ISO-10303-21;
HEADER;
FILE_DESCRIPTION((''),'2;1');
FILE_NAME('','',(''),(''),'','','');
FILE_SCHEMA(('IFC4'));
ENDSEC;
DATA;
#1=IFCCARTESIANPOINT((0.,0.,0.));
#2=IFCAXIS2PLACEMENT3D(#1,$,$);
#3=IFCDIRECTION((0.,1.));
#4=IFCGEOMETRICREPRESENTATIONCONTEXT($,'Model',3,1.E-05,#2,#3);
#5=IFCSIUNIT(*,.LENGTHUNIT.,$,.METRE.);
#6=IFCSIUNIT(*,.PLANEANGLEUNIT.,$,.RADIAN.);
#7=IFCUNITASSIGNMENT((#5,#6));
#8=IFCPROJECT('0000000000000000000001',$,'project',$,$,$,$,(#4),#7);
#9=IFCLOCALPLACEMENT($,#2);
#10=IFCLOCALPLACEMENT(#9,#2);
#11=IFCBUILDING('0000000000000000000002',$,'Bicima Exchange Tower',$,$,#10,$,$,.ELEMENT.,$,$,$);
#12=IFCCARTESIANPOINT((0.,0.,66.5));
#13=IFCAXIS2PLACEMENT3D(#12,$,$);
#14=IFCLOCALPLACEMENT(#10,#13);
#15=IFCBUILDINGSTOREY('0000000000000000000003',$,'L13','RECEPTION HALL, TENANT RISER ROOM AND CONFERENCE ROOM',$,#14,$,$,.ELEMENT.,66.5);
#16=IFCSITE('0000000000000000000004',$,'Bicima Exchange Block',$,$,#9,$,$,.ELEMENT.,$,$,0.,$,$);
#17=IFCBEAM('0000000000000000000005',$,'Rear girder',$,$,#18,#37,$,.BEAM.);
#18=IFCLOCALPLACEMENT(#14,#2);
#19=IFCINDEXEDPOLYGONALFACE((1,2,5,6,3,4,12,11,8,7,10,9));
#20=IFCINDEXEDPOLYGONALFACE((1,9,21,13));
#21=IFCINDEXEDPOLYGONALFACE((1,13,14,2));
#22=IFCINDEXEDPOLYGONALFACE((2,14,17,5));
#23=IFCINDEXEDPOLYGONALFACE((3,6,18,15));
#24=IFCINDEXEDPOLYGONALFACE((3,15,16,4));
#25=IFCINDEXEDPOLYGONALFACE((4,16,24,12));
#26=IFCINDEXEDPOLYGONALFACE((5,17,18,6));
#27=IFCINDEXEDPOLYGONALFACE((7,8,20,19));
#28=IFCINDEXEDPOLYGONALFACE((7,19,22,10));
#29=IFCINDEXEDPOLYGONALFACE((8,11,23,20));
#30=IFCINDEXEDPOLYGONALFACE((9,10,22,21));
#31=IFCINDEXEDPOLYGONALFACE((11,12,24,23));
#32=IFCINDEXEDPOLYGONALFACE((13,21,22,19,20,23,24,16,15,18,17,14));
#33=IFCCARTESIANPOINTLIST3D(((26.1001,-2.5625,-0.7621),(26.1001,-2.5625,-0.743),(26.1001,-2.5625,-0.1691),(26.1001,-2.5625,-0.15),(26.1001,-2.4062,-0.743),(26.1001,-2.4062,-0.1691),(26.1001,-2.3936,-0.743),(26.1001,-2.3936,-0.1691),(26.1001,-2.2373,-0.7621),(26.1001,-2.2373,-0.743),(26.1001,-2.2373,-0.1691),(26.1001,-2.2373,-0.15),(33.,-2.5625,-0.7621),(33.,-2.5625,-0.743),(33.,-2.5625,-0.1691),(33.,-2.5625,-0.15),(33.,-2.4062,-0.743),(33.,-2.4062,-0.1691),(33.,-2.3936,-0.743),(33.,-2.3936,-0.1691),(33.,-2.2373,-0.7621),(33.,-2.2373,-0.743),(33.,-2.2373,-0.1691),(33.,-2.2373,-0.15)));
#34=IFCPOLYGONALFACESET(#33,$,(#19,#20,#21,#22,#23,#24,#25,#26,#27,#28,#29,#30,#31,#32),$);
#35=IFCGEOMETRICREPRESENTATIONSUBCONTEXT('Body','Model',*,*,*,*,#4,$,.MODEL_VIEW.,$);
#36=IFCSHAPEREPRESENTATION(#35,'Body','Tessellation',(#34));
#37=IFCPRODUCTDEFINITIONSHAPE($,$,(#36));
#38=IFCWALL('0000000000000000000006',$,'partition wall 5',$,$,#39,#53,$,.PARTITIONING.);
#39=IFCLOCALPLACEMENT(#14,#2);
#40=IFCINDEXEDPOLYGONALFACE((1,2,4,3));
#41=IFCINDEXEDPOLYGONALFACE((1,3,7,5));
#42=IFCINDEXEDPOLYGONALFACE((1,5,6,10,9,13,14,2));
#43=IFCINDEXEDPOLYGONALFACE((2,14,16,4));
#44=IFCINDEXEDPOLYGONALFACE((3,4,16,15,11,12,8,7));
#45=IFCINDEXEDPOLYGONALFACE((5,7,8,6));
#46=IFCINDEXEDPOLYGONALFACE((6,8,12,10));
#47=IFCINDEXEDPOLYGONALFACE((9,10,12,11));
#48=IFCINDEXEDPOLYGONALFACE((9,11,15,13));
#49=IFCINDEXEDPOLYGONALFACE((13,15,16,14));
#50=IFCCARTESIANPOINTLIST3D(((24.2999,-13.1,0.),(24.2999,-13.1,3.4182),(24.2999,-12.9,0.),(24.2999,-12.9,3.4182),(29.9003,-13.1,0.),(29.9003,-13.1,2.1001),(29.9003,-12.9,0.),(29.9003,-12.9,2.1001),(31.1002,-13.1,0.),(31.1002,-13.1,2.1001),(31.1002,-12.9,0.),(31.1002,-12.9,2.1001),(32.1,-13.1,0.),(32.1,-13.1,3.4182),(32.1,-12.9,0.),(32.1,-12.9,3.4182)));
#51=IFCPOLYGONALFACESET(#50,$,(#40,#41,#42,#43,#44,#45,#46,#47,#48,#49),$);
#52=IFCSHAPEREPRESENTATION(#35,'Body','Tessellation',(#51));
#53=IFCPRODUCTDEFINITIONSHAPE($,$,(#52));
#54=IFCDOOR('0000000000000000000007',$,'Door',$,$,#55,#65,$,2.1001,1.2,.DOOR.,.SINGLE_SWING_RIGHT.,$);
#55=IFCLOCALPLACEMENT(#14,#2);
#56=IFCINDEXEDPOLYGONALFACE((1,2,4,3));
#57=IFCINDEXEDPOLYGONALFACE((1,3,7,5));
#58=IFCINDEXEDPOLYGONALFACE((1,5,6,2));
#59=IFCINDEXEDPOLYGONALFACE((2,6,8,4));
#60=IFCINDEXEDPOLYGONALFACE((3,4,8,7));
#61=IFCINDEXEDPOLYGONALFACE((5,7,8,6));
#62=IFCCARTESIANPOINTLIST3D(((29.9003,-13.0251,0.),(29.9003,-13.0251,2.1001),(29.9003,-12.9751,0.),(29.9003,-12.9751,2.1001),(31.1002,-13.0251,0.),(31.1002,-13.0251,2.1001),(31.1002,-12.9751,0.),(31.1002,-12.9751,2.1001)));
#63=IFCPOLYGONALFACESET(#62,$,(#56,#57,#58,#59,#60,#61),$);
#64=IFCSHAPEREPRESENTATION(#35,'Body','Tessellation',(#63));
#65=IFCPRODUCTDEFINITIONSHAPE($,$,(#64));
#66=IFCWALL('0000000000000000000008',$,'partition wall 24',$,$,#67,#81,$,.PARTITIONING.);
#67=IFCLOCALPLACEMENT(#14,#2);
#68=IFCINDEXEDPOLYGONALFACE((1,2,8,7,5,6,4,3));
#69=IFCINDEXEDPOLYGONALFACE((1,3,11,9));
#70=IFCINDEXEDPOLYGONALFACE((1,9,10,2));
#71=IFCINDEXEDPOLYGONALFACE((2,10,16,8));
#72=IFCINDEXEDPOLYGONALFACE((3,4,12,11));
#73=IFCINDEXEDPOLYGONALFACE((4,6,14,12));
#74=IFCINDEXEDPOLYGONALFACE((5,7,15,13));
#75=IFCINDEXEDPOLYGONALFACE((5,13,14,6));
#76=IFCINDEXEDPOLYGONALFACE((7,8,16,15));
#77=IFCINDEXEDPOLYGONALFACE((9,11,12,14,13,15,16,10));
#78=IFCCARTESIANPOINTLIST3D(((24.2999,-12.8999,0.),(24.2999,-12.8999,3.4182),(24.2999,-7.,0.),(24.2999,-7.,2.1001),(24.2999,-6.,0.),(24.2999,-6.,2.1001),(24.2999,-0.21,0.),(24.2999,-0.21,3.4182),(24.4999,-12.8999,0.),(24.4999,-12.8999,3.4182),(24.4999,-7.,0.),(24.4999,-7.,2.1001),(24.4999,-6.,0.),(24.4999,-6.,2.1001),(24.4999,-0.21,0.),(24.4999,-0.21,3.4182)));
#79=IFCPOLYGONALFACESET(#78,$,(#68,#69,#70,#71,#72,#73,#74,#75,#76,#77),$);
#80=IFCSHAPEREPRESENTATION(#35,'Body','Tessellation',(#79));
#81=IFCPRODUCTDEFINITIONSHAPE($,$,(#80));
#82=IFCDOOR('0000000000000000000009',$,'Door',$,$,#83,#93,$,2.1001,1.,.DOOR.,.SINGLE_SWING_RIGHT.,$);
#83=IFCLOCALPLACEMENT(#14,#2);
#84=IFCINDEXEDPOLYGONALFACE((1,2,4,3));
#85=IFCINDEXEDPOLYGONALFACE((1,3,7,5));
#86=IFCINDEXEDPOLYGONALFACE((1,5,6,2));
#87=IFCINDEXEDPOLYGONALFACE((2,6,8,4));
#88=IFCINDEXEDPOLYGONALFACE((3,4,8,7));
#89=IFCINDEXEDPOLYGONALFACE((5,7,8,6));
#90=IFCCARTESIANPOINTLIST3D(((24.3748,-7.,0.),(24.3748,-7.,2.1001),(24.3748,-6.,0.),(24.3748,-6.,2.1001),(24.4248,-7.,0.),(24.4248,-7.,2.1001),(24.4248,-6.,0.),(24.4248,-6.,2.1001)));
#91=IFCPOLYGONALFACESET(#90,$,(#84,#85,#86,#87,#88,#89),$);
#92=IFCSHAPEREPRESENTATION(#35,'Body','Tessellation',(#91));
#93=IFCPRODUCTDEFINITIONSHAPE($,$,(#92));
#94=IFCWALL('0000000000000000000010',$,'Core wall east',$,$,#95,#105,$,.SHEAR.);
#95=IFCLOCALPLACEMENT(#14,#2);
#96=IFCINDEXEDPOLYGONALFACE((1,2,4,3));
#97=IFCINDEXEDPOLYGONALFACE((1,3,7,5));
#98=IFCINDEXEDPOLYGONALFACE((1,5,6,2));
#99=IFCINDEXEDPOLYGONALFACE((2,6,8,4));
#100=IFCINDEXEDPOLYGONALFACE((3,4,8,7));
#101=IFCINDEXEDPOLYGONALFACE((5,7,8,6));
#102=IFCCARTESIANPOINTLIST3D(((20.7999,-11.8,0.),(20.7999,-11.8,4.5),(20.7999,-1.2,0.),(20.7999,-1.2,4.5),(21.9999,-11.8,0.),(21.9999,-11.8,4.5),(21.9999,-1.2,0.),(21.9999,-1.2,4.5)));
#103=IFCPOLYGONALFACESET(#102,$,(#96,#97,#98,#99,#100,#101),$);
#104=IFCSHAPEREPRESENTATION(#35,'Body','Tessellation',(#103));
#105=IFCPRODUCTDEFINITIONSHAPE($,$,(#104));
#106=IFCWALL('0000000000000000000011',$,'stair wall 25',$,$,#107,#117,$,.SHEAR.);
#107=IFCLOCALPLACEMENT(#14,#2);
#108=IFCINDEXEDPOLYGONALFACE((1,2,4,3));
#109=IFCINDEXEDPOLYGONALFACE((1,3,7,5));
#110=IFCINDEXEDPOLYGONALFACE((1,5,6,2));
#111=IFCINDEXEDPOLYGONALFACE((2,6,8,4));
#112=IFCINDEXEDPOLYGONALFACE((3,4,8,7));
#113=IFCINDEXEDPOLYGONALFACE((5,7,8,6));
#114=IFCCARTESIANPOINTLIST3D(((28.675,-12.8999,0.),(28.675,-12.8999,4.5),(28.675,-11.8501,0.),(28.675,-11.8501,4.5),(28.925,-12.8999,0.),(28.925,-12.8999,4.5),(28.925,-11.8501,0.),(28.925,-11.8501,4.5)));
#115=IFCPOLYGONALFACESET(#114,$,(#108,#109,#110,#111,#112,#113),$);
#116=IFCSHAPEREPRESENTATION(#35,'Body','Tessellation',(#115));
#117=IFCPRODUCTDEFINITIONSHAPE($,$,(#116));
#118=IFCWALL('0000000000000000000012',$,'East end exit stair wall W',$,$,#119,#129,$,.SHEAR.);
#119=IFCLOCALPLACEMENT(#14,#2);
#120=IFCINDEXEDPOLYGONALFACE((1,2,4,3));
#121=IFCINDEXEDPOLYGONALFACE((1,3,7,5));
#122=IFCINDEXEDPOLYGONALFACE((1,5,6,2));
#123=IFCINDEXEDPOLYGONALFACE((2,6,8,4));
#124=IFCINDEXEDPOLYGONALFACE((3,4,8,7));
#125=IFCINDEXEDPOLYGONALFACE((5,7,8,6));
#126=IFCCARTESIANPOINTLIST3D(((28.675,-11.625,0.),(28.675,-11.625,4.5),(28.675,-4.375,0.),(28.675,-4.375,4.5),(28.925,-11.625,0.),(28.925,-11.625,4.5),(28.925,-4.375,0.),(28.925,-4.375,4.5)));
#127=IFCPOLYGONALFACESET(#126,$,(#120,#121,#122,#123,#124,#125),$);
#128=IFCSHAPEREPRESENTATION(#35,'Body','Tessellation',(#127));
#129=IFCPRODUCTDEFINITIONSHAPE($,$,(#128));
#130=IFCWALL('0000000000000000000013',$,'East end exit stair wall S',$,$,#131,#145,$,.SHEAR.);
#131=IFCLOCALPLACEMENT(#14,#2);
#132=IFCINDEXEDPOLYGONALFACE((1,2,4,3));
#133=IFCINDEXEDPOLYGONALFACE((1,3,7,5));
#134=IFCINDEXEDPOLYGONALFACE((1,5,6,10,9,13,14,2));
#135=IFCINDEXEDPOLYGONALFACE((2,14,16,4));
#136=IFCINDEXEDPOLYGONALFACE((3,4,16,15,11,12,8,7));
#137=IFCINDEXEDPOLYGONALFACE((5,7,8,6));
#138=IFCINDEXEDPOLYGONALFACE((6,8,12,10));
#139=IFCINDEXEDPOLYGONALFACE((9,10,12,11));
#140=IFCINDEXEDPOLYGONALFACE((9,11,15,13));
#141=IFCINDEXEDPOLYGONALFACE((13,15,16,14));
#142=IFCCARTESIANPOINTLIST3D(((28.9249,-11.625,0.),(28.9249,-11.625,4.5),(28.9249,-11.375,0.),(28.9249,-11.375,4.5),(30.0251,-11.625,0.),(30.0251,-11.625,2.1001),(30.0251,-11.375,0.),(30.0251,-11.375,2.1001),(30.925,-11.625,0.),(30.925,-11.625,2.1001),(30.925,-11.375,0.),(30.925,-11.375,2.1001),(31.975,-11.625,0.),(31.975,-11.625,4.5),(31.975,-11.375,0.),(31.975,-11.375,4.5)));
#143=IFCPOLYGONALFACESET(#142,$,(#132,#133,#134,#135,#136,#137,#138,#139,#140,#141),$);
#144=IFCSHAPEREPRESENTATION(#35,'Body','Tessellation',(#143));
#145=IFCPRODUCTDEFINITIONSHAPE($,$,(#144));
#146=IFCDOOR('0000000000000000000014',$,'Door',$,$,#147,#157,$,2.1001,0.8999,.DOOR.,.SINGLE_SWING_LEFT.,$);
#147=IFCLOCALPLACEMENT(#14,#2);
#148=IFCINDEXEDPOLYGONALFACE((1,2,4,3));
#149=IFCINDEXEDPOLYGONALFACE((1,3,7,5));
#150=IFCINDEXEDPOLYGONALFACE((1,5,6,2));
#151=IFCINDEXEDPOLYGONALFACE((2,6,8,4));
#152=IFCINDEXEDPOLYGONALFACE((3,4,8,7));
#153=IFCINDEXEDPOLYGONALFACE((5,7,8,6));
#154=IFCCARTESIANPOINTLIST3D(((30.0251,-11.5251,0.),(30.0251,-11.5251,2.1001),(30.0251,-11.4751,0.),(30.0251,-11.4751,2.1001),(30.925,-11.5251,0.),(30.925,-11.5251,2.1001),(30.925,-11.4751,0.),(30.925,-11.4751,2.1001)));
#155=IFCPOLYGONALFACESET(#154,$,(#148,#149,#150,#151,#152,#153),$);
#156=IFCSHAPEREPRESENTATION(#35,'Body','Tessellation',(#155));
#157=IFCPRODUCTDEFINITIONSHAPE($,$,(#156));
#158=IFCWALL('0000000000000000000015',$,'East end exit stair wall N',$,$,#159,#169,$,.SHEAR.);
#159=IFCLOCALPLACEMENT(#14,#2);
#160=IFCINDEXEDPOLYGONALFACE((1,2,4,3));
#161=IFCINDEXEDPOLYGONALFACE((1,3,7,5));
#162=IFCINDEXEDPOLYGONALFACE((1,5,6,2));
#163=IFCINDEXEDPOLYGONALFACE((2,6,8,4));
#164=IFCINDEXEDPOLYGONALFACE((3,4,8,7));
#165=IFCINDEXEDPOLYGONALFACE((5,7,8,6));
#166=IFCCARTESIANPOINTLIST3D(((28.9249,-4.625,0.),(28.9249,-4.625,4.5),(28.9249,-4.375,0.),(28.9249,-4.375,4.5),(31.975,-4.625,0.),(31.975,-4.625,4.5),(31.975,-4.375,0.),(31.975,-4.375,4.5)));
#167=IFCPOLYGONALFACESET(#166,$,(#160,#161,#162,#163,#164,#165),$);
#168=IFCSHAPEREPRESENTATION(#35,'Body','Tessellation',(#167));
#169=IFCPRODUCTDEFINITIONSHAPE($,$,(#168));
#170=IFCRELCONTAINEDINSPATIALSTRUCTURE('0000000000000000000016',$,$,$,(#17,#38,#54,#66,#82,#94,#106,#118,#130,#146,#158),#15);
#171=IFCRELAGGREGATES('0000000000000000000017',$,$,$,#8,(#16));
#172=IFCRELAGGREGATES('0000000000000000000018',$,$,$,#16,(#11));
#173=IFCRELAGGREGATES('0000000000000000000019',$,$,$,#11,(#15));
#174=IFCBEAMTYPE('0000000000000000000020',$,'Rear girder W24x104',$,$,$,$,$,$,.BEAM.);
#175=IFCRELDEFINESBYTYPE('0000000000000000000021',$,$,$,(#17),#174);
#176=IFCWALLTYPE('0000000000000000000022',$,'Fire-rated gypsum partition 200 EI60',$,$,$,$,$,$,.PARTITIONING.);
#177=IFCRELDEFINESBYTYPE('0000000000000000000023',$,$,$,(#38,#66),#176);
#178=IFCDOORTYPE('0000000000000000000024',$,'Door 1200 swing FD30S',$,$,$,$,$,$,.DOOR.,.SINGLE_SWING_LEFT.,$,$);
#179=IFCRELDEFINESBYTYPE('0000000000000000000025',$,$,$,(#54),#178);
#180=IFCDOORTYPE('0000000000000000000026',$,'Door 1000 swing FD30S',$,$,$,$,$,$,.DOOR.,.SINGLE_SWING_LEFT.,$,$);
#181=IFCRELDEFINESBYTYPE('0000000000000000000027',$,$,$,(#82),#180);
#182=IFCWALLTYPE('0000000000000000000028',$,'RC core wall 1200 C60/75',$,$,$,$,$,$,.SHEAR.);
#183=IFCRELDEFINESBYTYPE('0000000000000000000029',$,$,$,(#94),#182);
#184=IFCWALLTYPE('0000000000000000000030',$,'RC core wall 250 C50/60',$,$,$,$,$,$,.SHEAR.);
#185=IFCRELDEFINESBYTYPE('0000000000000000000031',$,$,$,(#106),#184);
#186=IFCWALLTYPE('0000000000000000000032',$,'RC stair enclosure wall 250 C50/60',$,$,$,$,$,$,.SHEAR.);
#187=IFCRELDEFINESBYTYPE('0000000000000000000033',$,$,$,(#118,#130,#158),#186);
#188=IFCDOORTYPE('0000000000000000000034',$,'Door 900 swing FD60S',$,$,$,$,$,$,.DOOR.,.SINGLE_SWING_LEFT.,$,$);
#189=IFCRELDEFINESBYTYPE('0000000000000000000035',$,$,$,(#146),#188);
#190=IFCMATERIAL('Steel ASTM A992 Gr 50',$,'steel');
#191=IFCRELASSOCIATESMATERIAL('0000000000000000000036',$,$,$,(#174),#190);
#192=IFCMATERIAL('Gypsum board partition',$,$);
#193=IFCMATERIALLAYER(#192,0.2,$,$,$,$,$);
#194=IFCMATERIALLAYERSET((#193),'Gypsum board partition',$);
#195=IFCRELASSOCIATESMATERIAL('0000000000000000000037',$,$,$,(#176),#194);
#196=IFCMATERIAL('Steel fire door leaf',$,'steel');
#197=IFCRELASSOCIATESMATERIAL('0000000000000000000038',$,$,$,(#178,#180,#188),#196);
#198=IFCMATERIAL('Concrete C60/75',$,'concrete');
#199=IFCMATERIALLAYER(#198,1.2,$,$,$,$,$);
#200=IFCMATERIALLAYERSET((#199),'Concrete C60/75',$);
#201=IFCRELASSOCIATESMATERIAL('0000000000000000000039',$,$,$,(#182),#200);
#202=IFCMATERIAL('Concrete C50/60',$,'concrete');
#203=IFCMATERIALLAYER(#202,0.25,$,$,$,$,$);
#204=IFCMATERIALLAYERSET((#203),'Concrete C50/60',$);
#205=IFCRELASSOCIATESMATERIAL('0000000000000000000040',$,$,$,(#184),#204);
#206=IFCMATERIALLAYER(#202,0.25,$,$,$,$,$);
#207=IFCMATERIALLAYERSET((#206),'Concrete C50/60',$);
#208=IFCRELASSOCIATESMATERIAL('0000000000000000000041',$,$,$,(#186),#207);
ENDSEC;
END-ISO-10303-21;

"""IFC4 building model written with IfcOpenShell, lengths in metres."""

from ifc_helpers import new_model, si_unit, direction, frame, frame_2d, origin, origin_2d, place, context, subcontext, project, spatial, rectangle, i_section, extrude, material, layer, layer_set, material_profile, profile_set, type_object, element, fill, save


model = new_model("IFC4")

# Units and contexts
model_context = context("Model", 3, precision=1e-05, world=origin(), true_north=direction((0.0, 1.0)))
body_context = subcontext(model_context, "Body", "Model", "MODEL_VIEW")
ifc_project = project(units=[si_unit("LENGTHUNIT", "METRE"), si_unit("PLANEANGLEUNIT", "RADIAN")], contexts=[model_context])

# Site, building, storey
site_placement = place(None, origin())
site = spatial("IfcSite", under=ifc_project, at=site_placement, Name="Bicima Exchange Block", CompositionType="ELEMENT", RefElevation=0.0)
building_placement = place(site_placement, origin())
building = spatial("IfcBuilding", under=site, at=building_placement, Name="Bicima Exchange Tower", CompositionType="ELEMENT")
storey_placement = place(building_placement, frame((0.0, 0.0, 66.5)))
storey = spatial("IfcBuildingStorey", under=building, at=storey_placement, Name="L13", Description="RECEPTION HALL, TENANT RISER ROOM AND CONFERENCE ROOM", CompositionType="ELEMENT", Elevation=66.5)

# Shared definitions
ifc_material_1 = material(Name="Steel ASTM A992 Gr 50", Category="steel")

# Beam
ifc_material_profile_1 = material_profile(ifc_material_1, i_section(OverallWidth=0.3252, OverallDepth=0.6121, WebThickness=0.0127, FlangeThickness=0.019, at=origin_2d()))
ifc_profile_set_1 = profile_set([ifc_material_profile_1], Name="Steel ASTM A992 Gr 50")
beam_type_1 = type_object("IfcBeamType", Name="Rear girder W24x104", PredefinedType="BEAM", material=ifc_profile_set_1)
beam_1_placement = place(storey_placement, frame((26.1001, -2.3999, -0.4561), z_axis=(1.0, 0.0, 0.0), x_axis=(0.0, 1.0, 0.0)))
element("IfcBeam", 1, at=beam_1_placement, inside=storey, type_object=beam_type_1, Name="Rear girder", PredefinedType="BEAM", context=body_context, shape_type="SweptSolid", body=[
    extrude(i_section(OverallWidth=0.3252, OverallDepth=0.6121, WebThickness=0.0127, FlangeThickness=0.019, at=origin_2d()), origin(), (0.0, 0.0, 1.0), 6.8999),
])

# Walls, openings, doors
ifc_material_2 = material(Name="Gypsum board partition")
ifc_layer_1 = layer(ifc_material_2, 0.2)
ifc_layer_set_1 = layer_set([ifc_layer_1], Name="Gypsum board partition")
wall_type_1 = type_object("IfcWallType", Name="Fire-rated gypsum partition 200 EI60", PredefinedType="PARTITIONING", material=ifc_layer_set_1)
wall_1_placement = place(storey_placement, frame((24.3, -13.0, 0.0), z_axis=(0.0, 0.0, 1.0), x_axis=(1.0, 0.0, 0.0)))
wall_1 = element("IfcWall", 2, at=wall_1_placement, inside=storey, type_object=wall_type_1, Name="partition wall 5", PredefinedType="PARTITIONING", context=body_context, shape_type="SweptSolid", body=[
    extrude(rectangle(XDim=7.8, YDim=0.2, at=frame_2d((3.8999, 0.0))), origin(), (0.0, 0.0, 1.0), 3.4182),
])
opening_1_placement = place(wall_1_placement, frame((5.6001, 0.0, 0.0)))
opening_1 = element("IfcOpeningElement", 3, at=opening_1_placement, cuts=wall_1, PredefinedType="OPENING", context=body_context, shape_type="SweptSolid", body=[
    extrude(rectangle(XDim=1.2, YDim=2.1001, at=frame_2d((0.6001, 1.05))), frame((0.0, 0.1118, 0.0), z_axis=(0.0, -1.0, 0.0), x_axis=(1.0, 0.0, 0.0)), (0.0, 0.0, 1.0), 0.2239),
])
ifc_material_3 = material(Name="Steel fire door leaf", Category="steel")
door_type_1 = type_object("IfcDoorType", Name="Door 1200 swing FD30S", OperationType="SINGLE_SWING_LEFT", PredefinedType="DOOR", material=ifc_material_3)
door_1_placement = place(opening_1_placement, origin())
door_1 = element("IfcDoor", 4, at=door_1_placement, inside=storey, type_object=door_type_1, Name="Door", OperationType="SINGLE_SWING_RIGHT", OverallHeight=2.1001, OverallWidth=1.2, PredefinedType="DOOR", context=body_context, shape_type="SweptSolid", body=[
    extrude(rectangle(XDim=1.2, YDim=2.1001, at=frame_2d((0.6001, 1.05))), frame((0.0, 0.0249, 0.0), z_axis=(0.0, -1.0, 0.0), x_axis=(1.0, 0.0, 0.0)), (0.0, 0.0, 1.0), 0.05),
])
fill(opening_1, door_1)
wall_2_placement = place(storey_placement, frame((24.3999, -12.8999, 0.0), z_axis=(0.0, 0.0, 1.0), x_axis=(0.0, 1.0, 0.0)))
wall_2 = element("IfcWall", 5, at=wall_2_placement, inside=storey, type_object=wall_type_1, Name="partition wall 24", PredefinedType="PARTITIONING", context=body_context, shape_type="SweptSolid", body=[
    extrude(rectangle(XDim=12.6899, YDim=0.2, at=frame_2d((6.345, 0.0))), origin(), (0.0, 0.0, 1.0), 3.4182),
])
opening_2_placement = place(wall_2_placement, frame((5.8999, 0.0, 0.0)))
opening_2 = element("IfcOpeningElement", 6, at=opening_2_placement, cuts=wall_2, PredefinedType="OPENING", context=body_context, shape_type="SweptSolid", body=[
    extrude(rectangle(XDim=1.0, YDim=2.1001, at=frame_2d((0.5, 1.05))), frame((0.0, 0.1118, 0.0), z_axis=(0.0, -1.0, 0.0), x_axis=(1.0, 0.0, 0.0)), (0.0, 0.0, 1.0), 0.2239),
])
door_type_2 = type_object("IfcDoorType", Name="Door 1000 swing FD30S", OperationType="SINGLE_SWING_LEFT", PredefinedType="DOOR", material=ifc_material_3)
door_2_placement = place(opening_2_placement, frame((1.0, 0.0, 0.0), z_axis=(0.0, 0.0, 1.0), x_axis=(-1.0, 0.0, 0.0)))
door_2 = element("IfcDoor", 7, at=door_2_placement, inside=storey, type_object=door_type_2, Name="Door", OperationType="SINGLE_SWING_RIGHT", OverallHeight=2.1001, OverallWidth=1.0, PredefinedType="DOOR", context=body_context, shape_type="SweptSolid", body=[
    extrude(rectangle(XDim=1.0, YDim=2.1001, at=frame_2d((0.5, 1.05))), frame((0.0, 0.0249, 0.0), z_axis=(0.0, -1.0, 0.0), x_axis=(1.0, 0.0, 0.0)), (0.0, 0.0, 1.0), 0.05),
])
fill(opening_2, door_2)

# Walls
ifc_material_4 = material(Name="Concrete C60/75", Category="concrete")
ifc_layer_2 = layer(ifc_material_4, 1.2)
ifc_layer_set_2 = layer_set([ifc_layer_2], Name="Concrete C60/75")
wall_type_2 = type_object("IfcWallType", Name="RC core wall 1200 C60/75", PredefinedType="SHEAR", material=ifc_layer_set_2)
wall_3_placement = place(storey_placement, frame((21.3999, -11.8, 0.0), z_axis=(0.0, 0.0, 1.0), x_axis=(0.0, 1.0, 0.0)))
element("IfcWall", 8, at=wall_3_placement, inside=storey, type_object=wall_type_2, Name="Core wall east", PredefinedType="SHEAR", context=body_context, shape_type="SweptSolid", body=[
    extrude(rectangle(XDim=10.6001, YDim=1.2, at=frame_2d((5.3, 0.0))), origin(), (0.0, 0.0, 1.0), 4.5),
])
ifc_material_5 = material(Name="Concrete C50/60", Category="concrete")
ifc_layer_3 = layer(ifc_material_5, 0.25)
ifc_layer_set_3 = layer_set([ifc_layer_3], Name="Concrete C50/60")
wall_type_3 = type_object("IfcWallType", Name="RC core wall 250 C50/60", PredefinedType="SHEAR", material=ifc_layer_set_3)
wall_4_placement = place(storey_placement, frame((28.8, -12.8999, 0.0), z_axis=(0.0, 0.0, 1.0), x_axis=(0.0, 1.0, 0.0)))
element("IfcWall", 9, at=wall_4_placement, inside=storey, type_object=wall_type_3, Name="stair wall 25", PredefinedType="SHEAR", context=body_context, shape_type="SweptSolid", body=[
    extrude(rectangle(XDim=1.0498, YDim=0.25, at=frame_2d((0.5249, 0.0))), origin(), (0.0, 0.0, 1.0), 4.5),
])
ifc_layer_4 = layer(ifc_material_5, 0.25)
ifc_layer_set_4 = layer_set([ifc_layer_4], Name="Concrete C50/60")
wall_type_4 = type_object("IfcWallType", Name="RC stair enclosure wall 250 C50/60", PredefinedType="SHEAR", material=ifc_layer_set_4)
wall_5_placement = place(storey_placement, frame((28.8, -11.625, 0.0), z_axis=(0.0, 0.0, 1.0), x_axis=(0.0, 1.0, 0.0)))
element("IfcWall", 10, at=wall_5_placement, inside=storey, type_object=wall_type_4, Name="East end exit stair wall W", PredefinedType="SHEAR", context=body_context, shape_type="SweptSolid", body=[
    extrude(rectangle(XDim=7.25, YDim=0.25, at=frame_2d((3.625, 0.0))), origin(), (0.0, 0.0, 1.0), 4.5),
])

# Wall, opening, door
wall_6_placement = place(storey_placement, frame((28.925, -11.5, 0.0), z_axis=(0.0, 0.0, 1.0), x_axis=(1.0, 0.0, 0.0)))
wall_6 = element("IfcWall", 11, at=wall_6_placement, inside=storey, type_object=wall_type_4, Name="East end exit stair wall S", PredefinedType="SHEAR", context=body_context, shape_type="SweptSolid", body=[
    extrude(rectangle(XDim=3.05, YDim=0.25, at=frame_2d((1.5249, 0.0))), origin(), (0.0, 0.0, 1.0), 4.5),
])
opening_3_placement = place(wall_6_placement, frame((1.1001, 0.0, 0.0)))
opening_3 = element("IfcOpeningElement", 12, at=opening_3_placement, cuts=wall_6, PredefinedType="OPENING", context=body_context, shape_type="SweptSolid", body=[
    extrude(rectangle(XDim=0.8999, YDim=2.1001, at=frame_2d((0.45, 1.05))), frame((0.0, 0.137, 0.0), z_axis=(0.0, -1.0, 0.0), x_axis=(1.0, 0.0, 0.0)), (0.0, 0.0, 1.0), 0.2739),
])
door_type_3 = type_object("IfcDoorType", Name="Door 900 swing FD60S", OperationType="SINGLE_SWING_LEFT", PredefinedType="DOOR", material=ifc_material_3)
door_3_placement = place(opening_3_placement, origin())
door_3 = element("IfcDoor", 13, at=door_3_placement, inside=storey, type_object=door_type_3, Name="Door", OperationType="SINGLE_SWING_LEFT", OverallHeight=2.1001, OverallWidth=0.8999, PredefinedType="DOOR", context=body_context, shape_type="SweptSolid", body=[
    extrude(rectangle(XDim=0.8999, YDim=2.1001, at=frame_2d((0.45, 1.05))), frame((0.0, 0.0249, 0.0), z_axis=(0.0, -1.0, 0.0), x_axis=(1.0, 0.0, 0.0)), (0.0, 0.0, 1.0), 0.05),
])
fill(opening_3, door_3)

# Wall
wall_7_placement = place(storey_placement, frame((28.925, -4.5, 0.0), z_axis=(0.0, 0.0, 1.0), x_axis=(1.0, 0.0, 0.0)))
element("IfcWall", 14, at=wall_7_placement, inside=storey, type_object=wall_type_4, Name="East end exit stair wall N", PredefinedType="SHEAR", context=body_context, shape_type="SweptSolid", body=[
    extrude(rectangle(XDim=3.05, YDim=0.25, at=frame_2d((1.5249, 0.0))), origin(), (0.0, 0.0, 1.0), 4.5),
])

save(model, "model.ifc")
